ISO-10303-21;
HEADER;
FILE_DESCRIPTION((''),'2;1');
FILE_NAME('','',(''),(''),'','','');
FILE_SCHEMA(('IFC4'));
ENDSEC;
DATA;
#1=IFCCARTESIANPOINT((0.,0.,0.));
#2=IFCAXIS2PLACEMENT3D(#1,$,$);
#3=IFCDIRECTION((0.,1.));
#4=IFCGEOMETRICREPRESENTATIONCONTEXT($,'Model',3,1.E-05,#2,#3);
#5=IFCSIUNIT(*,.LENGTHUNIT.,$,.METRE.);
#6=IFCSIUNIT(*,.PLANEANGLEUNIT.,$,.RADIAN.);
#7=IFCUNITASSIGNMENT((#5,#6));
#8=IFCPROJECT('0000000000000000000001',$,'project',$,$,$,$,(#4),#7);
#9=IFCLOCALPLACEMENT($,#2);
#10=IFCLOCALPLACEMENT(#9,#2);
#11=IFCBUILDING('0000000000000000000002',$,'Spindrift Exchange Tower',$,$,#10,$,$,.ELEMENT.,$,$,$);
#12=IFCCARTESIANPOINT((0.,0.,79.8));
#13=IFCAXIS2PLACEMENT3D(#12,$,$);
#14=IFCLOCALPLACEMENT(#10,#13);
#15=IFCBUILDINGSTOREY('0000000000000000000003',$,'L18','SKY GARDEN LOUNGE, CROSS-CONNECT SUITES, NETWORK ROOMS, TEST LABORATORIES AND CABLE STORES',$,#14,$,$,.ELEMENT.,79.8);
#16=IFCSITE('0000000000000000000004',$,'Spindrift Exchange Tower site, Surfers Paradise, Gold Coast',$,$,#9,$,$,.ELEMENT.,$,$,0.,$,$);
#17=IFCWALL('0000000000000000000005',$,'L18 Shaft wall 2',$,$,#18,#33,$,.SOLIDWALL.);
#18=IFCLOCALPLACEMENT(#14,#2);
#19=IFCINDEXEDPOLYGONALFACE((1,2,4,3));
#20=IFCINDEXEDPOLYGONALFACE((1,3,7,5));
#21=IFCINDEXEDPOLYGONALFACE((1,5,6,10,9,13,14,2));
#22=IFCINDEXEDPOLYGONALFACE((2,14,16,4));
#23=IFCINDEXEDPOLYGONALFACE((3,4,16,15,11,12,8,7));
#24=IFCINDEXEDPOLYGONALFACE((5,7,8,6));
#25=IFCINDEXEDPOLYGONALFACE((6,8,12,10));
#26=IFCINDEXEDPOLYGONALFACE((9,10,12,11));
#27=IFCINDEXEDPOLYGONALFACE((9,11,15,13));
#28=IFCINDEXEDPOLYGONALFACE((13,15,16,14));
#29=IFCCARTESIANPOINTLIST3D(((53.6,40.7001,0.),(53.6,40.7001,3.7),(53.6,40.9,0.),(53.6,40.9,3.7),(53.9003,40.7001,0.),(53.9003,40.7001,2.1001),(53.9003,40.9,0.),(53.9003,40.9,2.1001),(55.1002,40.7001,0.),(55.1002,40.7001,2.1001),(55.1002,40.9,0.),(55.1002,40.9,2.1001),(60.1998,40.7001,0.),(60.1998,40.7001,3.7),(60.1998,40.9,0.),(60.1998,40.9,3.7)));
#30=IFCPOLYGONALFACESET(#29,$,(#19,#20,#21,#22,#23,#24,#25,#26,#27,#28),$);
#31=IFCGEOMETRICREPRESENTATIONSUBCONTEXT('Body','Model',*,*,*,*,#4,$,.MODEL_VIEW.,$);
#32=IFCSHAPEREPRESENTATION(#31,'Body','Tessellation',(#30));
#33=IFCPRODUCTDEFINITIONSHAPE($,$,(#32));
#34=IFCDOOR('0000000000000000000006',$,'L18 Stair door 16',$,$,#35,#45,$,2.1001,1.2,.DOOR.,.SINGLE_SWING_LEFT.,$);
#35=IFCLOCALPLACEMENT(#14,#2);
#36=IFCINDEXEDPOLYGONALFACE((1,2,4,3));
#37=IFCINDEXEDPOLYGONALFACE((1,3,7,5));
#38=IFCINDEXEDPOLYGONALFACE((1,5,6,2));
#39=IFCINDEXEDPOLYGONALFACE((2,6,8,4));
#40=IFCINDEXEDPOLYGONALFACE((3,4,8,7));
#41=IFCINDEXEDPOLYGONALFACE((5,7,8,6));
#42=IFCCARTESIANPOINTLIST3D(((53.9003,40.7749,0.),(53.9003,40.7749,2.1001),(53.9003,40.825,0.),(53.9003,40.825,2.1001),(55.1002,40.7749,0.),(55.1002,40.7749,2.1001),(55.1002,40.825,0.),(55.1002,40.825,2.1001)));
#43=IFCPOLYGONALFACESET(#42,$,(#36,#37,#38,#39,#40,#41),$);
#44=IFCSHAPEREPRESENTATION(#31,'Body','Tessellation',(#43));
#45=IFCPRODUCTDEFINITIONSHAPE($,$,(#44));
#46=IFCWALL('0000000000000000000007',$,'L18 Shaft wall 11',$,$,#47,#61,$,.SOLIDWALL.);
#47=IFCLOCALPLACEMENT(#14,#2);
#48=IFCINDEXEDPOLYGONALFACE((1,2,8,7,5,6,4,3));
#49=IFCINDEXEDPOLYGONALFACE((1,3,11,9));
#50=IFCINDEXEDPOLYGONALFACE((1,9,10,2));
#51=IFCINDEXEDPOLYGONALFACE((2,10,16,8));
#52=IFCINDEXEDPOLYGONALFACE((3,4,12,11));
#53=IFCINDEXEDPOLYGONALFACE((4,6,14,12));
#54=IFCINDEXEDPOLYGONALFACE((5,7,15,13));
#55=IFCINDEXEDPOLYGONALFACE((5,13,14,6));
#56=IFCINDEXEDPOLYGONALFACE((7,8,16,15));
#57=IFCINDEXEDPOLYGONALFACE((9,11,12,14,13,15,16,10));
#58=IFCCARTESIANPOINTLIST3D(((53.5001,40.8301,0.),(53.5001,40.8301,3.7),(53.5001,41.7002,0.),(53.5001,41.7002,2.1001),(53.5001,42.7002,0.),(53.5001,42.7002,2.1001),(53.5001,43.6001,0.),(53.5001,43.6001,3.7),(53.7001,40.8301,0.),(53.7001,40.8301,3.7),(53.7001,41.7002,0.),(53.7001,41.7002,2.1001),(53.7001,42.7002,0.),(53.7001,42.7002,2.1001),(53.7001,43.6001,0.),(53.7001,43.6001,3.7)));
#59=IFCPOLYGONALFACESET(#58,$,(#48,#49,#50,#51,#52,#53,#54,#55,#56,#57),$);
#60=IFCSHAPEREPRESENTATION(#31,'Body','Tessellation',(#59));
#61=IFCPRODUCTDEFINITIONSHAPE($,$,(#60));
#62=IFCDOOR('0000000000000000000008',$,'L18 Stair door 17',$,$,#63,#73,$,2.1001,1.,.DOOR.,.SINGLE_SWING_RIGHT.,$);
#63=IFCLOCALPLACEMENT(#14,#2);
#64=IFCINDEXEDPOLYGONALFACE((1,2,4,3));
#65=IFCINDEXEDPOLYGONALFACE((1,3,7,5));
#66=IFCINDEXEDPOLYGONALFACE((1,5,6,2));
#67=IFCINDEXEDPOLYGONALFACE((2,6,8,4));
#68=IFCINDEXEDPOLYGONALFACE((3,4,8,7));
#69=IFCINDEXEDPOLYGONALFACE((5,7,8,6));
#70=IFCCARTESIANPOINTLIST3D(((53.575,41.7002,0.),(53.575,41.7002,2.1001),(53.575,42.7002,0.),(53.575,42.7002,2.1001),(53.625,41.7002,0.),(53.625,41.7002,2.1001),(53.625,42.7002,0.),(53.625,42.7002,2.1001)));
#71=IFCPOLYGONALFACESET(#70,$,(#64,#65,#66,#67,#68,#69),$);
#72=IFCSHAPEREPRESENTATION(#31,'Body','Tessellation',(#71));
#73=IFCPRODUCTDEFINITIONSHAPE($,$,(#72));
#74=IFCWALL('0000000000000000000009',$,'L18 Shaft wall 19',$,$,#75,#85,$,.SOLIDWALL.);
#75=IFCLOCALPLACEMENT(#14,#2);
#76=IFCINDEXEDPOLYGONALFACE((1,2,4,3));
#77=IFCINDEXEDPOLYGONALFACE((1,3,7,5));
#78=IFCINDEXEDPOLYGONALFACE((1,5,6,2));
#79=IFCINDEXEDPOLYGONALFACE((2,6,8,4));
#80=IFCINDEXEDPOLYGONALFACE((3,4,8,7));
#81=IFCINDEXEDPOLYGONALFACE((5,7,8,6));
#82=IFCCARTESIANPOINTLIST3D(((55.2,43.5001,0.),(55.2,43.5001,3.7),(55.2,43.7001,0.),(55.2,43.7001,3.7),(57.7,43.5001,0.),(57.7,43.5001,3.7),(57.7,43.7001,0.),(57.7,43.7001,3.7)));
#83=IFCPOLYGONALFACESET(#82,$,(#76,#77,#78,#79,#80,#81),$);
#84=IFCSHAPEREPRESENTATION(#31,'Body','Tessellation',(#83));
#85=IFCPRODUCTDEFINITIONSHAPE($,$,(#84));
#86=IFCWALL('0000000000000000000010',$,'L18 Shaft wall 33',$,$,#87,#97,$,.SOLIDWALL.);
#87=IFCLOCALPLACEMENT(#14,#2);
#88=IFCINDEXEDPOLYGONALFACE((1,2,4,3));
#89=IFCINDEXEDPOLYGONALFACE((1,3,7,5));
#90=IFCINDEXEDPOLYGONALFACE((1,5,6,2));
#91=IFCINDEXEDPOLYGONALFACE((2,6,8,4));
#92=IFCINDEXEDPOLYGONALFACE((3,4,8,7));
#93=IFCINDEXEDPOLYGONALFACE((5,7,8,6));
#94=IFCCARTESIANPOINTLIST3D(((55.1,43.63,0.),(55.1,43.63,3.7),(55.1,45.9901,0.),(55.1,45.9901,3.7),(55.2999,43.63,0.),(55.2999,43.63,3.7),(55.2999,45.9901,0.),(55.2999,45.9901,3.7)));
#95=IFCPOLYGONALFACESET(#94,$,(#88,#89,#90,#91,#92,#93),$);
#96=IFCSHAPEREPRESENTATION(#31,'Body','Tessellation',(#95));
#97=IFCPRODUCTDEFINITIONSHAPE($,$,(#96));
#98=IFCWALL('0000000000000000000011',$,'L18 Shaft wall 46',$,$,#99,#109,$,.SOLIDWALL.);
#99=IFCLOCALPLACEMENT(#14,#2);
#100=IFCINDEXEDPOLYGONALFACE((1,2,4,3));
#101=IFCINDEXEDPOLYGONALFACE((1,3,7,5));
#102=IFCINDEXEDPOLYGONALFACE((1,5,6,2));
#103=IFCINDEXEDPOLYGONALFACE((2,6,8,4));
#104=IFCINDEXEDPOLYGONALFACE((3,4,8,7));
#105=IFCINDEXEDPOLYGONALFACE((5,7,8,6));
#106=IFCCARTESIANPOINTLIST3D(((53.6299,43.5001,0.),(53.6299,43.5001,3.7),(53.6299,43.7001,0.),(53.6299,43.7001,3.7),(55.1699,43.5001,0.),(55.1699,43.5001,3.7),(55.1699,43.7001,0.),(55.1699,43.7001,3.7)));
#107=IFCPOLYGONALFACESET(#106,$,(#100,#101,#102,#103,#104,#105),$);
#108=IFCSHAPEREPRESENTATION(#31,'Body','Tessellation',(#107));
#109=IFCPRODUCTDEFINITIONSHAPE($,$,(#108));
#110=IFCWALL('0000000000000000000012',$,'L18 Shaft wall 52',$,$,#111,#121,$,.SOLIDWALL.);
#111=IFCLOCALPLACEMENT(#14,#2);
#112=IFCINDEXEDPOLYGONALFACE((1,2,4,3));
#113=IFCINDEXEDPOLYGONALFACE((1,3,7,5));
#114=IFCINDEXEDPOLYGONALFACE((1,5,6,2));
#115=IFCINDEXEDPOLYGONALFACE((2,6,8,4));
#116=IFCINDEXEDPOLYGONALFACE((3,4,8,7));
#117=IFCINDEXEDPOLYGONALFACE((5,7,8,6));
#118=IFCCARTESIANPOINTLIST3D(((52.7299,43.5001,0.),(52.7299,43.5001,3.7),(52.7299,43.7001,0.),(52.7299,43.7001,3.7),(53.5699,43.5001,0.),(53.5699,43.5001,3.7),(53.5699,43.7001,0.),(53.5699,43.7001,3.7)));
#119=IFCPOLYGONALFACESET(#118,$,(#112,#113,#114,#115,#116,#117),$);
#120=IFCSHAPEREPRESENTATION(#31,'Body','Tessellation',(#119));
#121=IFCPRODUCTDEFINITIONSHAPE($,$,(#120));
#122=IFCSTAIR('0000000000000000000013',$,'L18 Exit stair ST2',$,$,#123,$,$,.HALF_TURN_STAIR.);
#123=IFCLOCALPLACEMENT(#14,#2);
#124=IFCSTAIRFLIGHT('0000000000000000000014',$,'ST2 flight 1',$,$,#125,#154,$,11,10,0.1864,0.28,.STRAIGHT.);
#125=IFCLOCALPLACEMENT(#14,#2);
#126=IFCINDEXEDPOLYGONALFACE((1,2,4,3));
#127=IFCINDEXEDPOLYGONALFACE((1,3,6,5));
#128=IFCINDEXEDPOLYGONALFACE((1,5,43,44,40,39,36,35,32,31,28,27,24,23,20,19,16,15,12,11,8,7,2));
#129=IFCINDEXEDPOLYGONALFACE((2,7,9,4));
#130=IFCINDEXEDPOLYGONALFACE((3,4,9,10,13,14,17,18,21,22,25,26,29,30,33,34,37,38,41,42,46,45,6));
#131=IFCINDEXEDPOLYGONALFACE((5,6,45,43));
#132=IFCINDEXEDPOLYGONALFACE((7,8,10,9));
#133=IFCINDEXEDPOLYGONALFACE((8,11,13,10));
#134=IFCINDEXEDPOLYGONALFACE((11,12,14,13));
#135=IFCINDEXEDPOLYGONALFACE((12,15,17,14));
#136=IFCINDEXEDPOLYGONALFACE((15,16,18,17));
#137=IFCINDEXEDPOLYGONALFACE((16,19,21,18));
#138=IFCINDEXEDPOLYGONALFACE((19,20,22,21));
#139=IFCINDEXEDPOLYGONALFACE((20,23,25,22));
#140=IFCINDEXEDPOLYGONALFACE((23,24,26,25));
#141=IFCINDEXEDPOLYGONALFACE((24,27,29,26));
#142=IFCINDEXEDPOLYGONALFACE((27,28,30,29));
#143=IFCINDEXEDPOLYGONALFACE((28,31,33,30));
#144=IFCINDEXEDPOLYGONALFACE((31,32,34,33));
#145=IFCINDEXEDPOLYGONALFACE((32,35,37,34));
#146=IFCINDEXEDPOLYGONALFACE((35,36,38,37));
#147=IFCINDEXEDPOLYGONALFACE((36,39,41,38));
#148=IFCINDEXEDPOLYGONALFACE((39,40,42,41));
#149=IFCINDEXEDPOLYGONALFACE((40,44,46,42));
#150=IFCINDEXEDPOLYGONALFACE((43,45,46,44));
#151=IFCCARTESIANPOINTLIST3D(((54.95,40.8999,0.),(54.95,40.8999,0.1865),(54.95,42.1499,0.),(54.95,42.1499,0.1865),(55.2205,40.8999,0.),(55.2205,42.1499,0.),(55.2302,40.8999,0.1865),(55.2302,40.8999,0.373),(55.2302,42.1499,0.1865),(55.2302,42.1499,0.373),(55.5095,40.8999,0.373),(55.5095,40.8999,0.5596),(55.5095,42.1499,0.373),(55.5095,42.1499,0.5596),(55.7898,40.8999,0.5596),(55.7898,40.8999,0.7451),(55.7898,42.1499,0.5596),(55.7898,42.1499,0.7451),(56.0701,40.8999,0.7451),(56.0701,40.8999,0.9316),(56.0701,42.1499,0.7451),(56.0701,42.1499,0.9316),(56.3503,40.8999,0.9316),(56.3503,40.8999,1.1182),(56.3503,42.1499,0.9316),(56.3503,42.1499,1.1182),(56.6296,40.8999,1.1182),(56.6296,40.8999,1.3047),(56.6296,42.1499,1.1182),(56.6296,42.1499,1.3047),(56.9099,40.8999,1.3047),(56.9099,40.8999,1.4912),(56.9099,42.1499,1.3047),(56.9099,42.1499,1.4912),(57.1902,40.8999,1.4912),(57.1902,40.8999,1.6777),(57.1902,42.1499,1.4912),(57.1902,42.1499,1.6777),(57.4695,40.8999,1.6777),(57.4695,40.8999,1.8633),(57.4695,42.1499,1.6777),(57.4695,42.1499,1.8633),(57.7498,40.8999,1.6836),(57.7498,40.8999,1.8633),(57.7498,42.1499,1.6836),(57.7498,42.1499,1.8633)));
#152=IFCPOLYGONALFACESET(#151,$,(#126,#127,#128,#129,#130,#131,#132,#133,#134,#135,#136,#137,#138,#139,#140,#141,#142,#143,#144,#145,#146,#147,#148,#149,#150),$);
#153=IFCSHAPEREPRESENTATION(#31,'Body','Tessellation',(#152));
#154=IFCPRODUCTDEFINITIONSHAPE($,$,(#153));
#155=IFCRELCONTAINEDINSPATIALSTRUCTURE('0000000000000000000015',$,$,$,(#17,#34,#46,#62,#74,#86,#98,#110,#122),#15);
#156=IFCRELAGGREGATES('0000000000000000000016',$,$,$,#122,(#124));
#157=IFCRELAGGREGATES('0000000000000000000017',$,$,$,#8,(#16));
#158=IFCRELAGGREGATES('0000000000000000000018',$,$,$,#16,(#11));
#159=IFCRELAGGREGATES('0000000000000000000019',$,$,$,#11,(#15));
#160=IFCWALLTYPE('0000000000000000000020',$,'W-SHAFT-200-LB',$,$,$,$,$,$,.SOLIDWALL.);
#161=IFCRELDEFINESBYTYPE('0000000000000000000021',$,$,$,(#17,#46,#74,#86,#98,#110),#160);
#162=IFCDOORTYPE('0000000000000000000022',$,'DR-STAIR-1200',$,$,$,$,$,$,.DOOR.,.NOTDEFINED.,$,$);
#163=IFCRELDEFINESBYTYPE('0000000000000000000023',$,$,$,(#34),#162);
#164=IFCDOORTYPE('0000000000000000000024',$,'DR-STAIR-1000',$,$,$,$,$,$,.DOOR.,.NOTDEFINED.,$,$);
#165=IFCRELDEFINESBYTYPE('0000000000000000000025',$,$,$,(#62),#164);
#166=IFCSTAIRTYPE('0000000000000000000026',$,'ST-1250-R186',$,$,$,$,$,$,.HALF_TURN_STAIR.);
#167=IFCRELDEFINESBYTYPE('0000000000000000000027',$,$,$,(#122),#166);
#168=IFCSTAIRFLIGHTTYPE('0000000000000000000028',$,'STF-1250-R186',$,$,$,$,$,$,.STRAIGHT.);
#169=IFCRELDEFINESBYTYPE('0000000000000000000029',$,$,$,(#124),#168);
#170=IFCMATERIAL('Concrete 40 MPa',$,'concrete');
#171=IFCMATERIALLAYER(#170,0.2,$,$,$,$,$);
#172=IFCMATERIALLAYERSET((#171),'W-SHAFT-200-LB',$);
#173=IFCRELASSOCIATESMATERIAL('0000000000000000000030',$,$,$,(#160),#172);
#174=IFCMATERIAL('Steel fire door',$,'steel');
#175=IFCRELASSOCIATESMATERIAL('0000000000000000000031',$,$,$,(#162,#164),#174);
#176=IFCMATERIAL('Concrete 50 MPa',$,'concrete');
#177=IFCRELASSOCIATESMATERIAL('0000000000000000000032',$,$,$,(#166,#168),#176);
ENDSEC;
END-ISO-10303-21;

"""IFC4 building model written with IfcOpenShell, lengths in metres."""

from ifc_helpers import new_model, si_unit, direction, frame, frame_2d, origin, place, context, subcontext, project, spatial, line, indexed_curve, rectangle, outline, extrude, source, transform, mapped, material, layer, layer_set, type_object, element, fill, aggregate, save


model = new_model("IFC4")

# Units and contexts
model_context = context("Model", 3, precision=1e-05, world=origin(), true_north=direction((0.0, 1.0)))
body_context = subcontext(model_context, "Body", "Model", "MODEL_VIEW")
ifc_project = project(units=[si_unit("LENGTHUNIT", "METRE"), si_unit("PLANEANGLEUNIT", "RADIAN")], contexts=[model_context])

# Site, building, storey
site_placement = place(None, origin())
site = spatial("IfcSite", under=ifc_project, at=site_placement, Name="Spindrift Exchange Tower site, Surfers Paradise, Gold Coast", CompositionType="ELEMENT", RefElevation=0.0)
building_placement = place(site_placement, origin())
building = spatial("IfcBuilding", under=site, at=building_placement, Name="Spindrift Exchange Tower", CompositionType="ELEMENT")
storey_placement = place(building_placement, frame((0.0, 0.0, 79.8)))
storey = spatial("IfcBuildingStorey", under=building, at=storey_placement, Name="L18", Description="SKY GARDEN LOUNGE, CROSS-CONNECT SUITES, NETWORK ROOMS, TEST LABORATORIES AND CABLE STORES", CompositionType="ELEMENT", Elevation=79.8)

# Shared definitions
ifc_material_1 = material(Name="Concrete 40 MPa", Category="concrete")

# Walls, openings, doors
ifc_layer_1 = layer(ifc_material_1, 0.2)
ifc_layer_set_1 = layer_set([ifc_layer_1], Name="W-SHAFT-200-LB")
wall_type_1 = type_object("IfcWallType", Name="W-SHAFT-200-LB", PredefinedType="SOLIDWALL", material=ifc_layer_set_1)
wall_1_placement = place(storey_placement, frame((53.6001, 40.8, 0.0), z_axis=(0.0, 0.0, 1.0), x_axis=(1.0, 0.0, 0.0)))
wall_1 = element("IfcWall", 1, at=wall_1_placement, inside=storey, type_object=wall_type_1, Name="L18 Shaft wall 2", PredefinedType="SOLIDWALL", context=body_context, shape_type="SweptSolid", body=[
    extrude(rectangle(XDim=6.5999, YDim=0.2, at=frame_2d((3.2998, 0.0))), origin(), (0.0, 0.0, 1.0), 3.7),
])
opening_1_placement = place(wall_1_placement, frame((0.3, 0.0, 0.0)))
opening_1 = element("IfcOpeningElement", 2, at=opening_1_placement, cuts=wall_1, PredefinedType="OPENING", context=body_context, shape_type="SweptSolid", body=[
    extrude(rectangle(XDim=1.2, YDim=2.1001, at=frame_2d((0.6001, 1.05))), frame((0.0, 0.1099, 0.0), z_axis=(0.0, -1.0, 0.0), x_axis=(1.0, 0.0, 0.0)), (0.0, 0.0, 1.0), 0.22),
])
ifc_material_2 = material(Name="Steel fire door", Category="steel")
door_type_1 = type_object("IfcDoorType", Name="DR-STAIR-1200", OperationType="NOTDEFINED", PredefinedType="DOOR", material=ifc_material_2)
shared_shape_1 = source(origin(), body_context, "Body", "SweptSolid", [
    extrude(rectangle(XDim=1.2, YDim=2.1001, at=frame_2d((0.6001, 1.05))), frame((0.0, 0.0249, 0.0), z_axis=(0.0, -1.0, 0.0), x_axis=(1.0, 0.0, 0.0)), (0.0, 0.0, 1.0), 0.05),
])
door_1_placement = place(opening_1_placement, origin())
door_1 = element("IfcDoor", 3, at=door_1_placement, inside=storey, type_object=door_type_1, Name="L18 Stair door 16", OperationType="SINGLE_SWING_LEFT", OverallHeight=2.1001, OverallWidth=1.2, PredefinedType="DOOR", context=body_context, shape_type="MappedRepresentation", body=[
    mapped(shared_shape_1, transform((0.0, 0.0, 0.0), scale=1.0)),
])
fill(opening_1, door_1)
wall_2_placement = place(storey_placement, frame((53.6001, 43.6001, 0.0), z_axis=(0.0, 0.0, 1.0), x_axis=(0.0, -1.0, 0.0)))
wall_2 = element("IfcWall", 4, at=wall_2_placement, inside=storey, type_object=wall_type_1, Name="L18 Shaft wall 11", PredefinedType="SOLIDWALL", context=body_context, shape_type="SweptSolid", body=[
    extrude(rectangle(XDim=2.77, YDim=0.2, at=frame_2d((1.385, 0.0))), origin(), (0.0, 0.0, 1.0), 3.7),
])
opening_2_placement = place(wall_2_placement, frame((0.8999, 0.0, 0.0)))
opening_2 = element("IfcOpeningElement", 5, at=opening_2_placement, cuts=wall_2, PredefinedType="OPENING", context=body_context, shape_type="SweptSolid", body=[
    extrude(rectangle(XDim=1.0, YDim=2.1001, at=frame_2d((0.5, 1.05))), frame((0.0, 0.1099, 0.0), z_axis=(0.0, -1.0, 0.0), x_axis=(1.0, 0.0, 0.0)), (0.0, 0.0, 1.0), 0.22),
])
door_type_2 = type_object("IfcDoorType", Name="DR-STAIR-1000", OperationType="NOTDEFINED", PredefinedType="DOOR", material=ifc_material_2)
shared_shape_2 = source(origin(), body_context, "Body", "SweptSolid", [
    extrude(rectangle(XDim=1.0, YDim=2.1001, at=frame_2d((0.5, 1.05))), frame((0.0, 0.0249, 0.0), z_axis=(0.0, -1.0, 0.0), x_axis=(1.0, 0.0, 0.0)), (0.0, 0.0, 1.0), 0.05),
])
door_2_placement = place(opening_2_placement, origin())
door_2 = element("IfcDoor", 6, at=door_2_placement, inside=storey, type_object=door_type_2, Name="L18 Stair door 17", OperationType="SINGLE_SWING_RIGHT", OverallHeight=2.1001, OverallWidth=1.0, PredefinedType="DOOR", context=body_context, shape_type="MappedRepresentation", body=[
    mapped(shared_shape_2, transform((0.0, 0.0, 0.0), scale=1.0)),
])
fill(opening_2, door_2)

# Walls
wall_3_placement = place(storey_placement, frame((55.2, 43.6001, 0.0), z_axis=(0.0, 0.0, 1.0), x_axis=(1.0, 0.0, 0.0)))
element("IfcWall", 7, at=wall_3_placement, inside=storey, type_object=wall_type_1, Name="L18 Shaft wall 19", PredefinedType="SOLIDWALL", context=body_context, shape_type="SweptSolid", body=[
    extrude(rectangle(XDim=2.5, YDim=0.2, at=frame_2d((1.25, 0.0))), origin(), (0.0, 0.0, 1.0), 3.7),
])
wall_4_placement = place(storey_placement, frame((55.2, 43.6299, 0.0), z_axis=(0.0, 0.0, 1.0), x_axis=(0.0, 1.0, 0.0)))
element("IfcWall", 8, at=wall_4_placement, inside=storey, type_object=wall_type_1, Name="L18 Shaft wall 33", PredefinedType="SOLIDWALL", context=body_context, shape_type="SweptSolid", body=[
    extrude(rectangle(XDim=2.3601, YDim=0.2, at=frame_2d((1.1802, 0.0))), origin(), (0.0, 0.0, 1.0), 3.7),
])
wall_5_placement = place(storey_placement, frame((53.6299, 43.6001, 0.0), z_axis=(0.0, 0.0, 1.0), x_axis=(1.0, 0.0, 0.0)))
element("IfcWall", 9, at=wall_5_placement, inside=storey, type_object=wall_type_1, Name="L18 Shaft wall 46", PredefinedType="SOLIDWALL", context=body_context, shape_type="SweptSolid", body=[
    extrude(rectangle(XDim=1.54, YDim=0.2, at=frame_2d((0.77, 0.0))), origin(), (0.0, 0.0, 1.0), 3.7),
])
wall_6_placement = place(storey_placement, frame((52.73, 43.6001, 0.0), z_axis=(0.0, 0.0, 1.0), x_axis=(1.0, 0.0, 0.0)))
element("IfcWall", 10, at=wall_6_placement, inside=storey, type_object=wall_type_1, Name="L18 Shaft wall 52", PredefinedType="SOLIDWALL", context=body_context, shape_type="SweptSolid", body=[
    extrude(rectangle(XDim=0.8401, YDim=0.2, at=frame_2d((0.4199, 0.0))), origin(), (0.0, 0.0, 1.0), 3.7),
])

# Stair, stair flight
ifc_material_3 = material(Name="Concrete 50 MPa", Category="concrete")
stair_type = type_object("IfcStairType", Name="ST-1250-R186", PredefinedType="HALF_TURN_STAIR", material=ifc_material_3)
stair_placement = place(storey_placement, origin())
stair = element("IfcStair", 11, at=stair_placement, inside=storey, type_object=stair_type, Name="L18 Exit stair ST2", PredefinedType="HALF_TURN_STAIR")
stair_flight_type = type_object("IfcStairFlightType", Name="STF-1250-R186", PredefinedType="STRAIGHT", material=ifc_material_3)
stair_flight_placement = place(storey_placement, frame((54.95, 41.5249, 0.0), z_axis=(0.0, 0.0, 1.0), x_axis=(1.0, 0.0, 0.0)))
stair_flight = element("IfcStairFlight", 12, at=stair_flight_placement, type_object=stair_flight_type, Name="ST2 flight 1", NumberOfRisers=11, NumberOfTreads=10, PredefinedType="STRAIGHT", RiserHeight=0.1864, TreadLength=0.28, context=body_context, shape_type="SweptSolid", body=[
    extrude(outline(indexed_curve([(0.0, 0.0), (0.0, 0.1865), (0.2803, 0.1865), (0.2803, 0.373), (0.5596, 0.373), (0.5596, 0.5596), (0.8398, 0.5596), (0.8398, 0.7451), (1.1201, 0.7451), (1.1201, 0.9316), (1.4004, 0.9316), (1.4004, 1.1182), (1.6797, 1.1182), (1.6797, 1.3047), (1.96, 1.3047), (1.96, 1.4912), (2.2402, 1.4912), (2.2402, 1.6777), (2.5195, 1.6777), (2.5195, 1.8633), (2.7998, 1.8633), (2.7998, 2.0498), (2.7998, 1.6836), (0.2705, 0.0)], segments=[line(1, 2, 3, 4, 5, 6, 7, 8, 9, 10, 11, 12, 13, 14, 15, 16, 17, 18, 19, 20, 21, 22, 23, 24, 1)], self_intersect=False)), frame((0.0, 0.625, 0.0), z_axis=(0.0, -1.0, 0.0), x_axis=(1.0, 0.0, 0.0)), (0.0, 0.0, 1.0), 1.25),
])
aggregate(stair, [stair_flight])

save(model, "model.ifc")
